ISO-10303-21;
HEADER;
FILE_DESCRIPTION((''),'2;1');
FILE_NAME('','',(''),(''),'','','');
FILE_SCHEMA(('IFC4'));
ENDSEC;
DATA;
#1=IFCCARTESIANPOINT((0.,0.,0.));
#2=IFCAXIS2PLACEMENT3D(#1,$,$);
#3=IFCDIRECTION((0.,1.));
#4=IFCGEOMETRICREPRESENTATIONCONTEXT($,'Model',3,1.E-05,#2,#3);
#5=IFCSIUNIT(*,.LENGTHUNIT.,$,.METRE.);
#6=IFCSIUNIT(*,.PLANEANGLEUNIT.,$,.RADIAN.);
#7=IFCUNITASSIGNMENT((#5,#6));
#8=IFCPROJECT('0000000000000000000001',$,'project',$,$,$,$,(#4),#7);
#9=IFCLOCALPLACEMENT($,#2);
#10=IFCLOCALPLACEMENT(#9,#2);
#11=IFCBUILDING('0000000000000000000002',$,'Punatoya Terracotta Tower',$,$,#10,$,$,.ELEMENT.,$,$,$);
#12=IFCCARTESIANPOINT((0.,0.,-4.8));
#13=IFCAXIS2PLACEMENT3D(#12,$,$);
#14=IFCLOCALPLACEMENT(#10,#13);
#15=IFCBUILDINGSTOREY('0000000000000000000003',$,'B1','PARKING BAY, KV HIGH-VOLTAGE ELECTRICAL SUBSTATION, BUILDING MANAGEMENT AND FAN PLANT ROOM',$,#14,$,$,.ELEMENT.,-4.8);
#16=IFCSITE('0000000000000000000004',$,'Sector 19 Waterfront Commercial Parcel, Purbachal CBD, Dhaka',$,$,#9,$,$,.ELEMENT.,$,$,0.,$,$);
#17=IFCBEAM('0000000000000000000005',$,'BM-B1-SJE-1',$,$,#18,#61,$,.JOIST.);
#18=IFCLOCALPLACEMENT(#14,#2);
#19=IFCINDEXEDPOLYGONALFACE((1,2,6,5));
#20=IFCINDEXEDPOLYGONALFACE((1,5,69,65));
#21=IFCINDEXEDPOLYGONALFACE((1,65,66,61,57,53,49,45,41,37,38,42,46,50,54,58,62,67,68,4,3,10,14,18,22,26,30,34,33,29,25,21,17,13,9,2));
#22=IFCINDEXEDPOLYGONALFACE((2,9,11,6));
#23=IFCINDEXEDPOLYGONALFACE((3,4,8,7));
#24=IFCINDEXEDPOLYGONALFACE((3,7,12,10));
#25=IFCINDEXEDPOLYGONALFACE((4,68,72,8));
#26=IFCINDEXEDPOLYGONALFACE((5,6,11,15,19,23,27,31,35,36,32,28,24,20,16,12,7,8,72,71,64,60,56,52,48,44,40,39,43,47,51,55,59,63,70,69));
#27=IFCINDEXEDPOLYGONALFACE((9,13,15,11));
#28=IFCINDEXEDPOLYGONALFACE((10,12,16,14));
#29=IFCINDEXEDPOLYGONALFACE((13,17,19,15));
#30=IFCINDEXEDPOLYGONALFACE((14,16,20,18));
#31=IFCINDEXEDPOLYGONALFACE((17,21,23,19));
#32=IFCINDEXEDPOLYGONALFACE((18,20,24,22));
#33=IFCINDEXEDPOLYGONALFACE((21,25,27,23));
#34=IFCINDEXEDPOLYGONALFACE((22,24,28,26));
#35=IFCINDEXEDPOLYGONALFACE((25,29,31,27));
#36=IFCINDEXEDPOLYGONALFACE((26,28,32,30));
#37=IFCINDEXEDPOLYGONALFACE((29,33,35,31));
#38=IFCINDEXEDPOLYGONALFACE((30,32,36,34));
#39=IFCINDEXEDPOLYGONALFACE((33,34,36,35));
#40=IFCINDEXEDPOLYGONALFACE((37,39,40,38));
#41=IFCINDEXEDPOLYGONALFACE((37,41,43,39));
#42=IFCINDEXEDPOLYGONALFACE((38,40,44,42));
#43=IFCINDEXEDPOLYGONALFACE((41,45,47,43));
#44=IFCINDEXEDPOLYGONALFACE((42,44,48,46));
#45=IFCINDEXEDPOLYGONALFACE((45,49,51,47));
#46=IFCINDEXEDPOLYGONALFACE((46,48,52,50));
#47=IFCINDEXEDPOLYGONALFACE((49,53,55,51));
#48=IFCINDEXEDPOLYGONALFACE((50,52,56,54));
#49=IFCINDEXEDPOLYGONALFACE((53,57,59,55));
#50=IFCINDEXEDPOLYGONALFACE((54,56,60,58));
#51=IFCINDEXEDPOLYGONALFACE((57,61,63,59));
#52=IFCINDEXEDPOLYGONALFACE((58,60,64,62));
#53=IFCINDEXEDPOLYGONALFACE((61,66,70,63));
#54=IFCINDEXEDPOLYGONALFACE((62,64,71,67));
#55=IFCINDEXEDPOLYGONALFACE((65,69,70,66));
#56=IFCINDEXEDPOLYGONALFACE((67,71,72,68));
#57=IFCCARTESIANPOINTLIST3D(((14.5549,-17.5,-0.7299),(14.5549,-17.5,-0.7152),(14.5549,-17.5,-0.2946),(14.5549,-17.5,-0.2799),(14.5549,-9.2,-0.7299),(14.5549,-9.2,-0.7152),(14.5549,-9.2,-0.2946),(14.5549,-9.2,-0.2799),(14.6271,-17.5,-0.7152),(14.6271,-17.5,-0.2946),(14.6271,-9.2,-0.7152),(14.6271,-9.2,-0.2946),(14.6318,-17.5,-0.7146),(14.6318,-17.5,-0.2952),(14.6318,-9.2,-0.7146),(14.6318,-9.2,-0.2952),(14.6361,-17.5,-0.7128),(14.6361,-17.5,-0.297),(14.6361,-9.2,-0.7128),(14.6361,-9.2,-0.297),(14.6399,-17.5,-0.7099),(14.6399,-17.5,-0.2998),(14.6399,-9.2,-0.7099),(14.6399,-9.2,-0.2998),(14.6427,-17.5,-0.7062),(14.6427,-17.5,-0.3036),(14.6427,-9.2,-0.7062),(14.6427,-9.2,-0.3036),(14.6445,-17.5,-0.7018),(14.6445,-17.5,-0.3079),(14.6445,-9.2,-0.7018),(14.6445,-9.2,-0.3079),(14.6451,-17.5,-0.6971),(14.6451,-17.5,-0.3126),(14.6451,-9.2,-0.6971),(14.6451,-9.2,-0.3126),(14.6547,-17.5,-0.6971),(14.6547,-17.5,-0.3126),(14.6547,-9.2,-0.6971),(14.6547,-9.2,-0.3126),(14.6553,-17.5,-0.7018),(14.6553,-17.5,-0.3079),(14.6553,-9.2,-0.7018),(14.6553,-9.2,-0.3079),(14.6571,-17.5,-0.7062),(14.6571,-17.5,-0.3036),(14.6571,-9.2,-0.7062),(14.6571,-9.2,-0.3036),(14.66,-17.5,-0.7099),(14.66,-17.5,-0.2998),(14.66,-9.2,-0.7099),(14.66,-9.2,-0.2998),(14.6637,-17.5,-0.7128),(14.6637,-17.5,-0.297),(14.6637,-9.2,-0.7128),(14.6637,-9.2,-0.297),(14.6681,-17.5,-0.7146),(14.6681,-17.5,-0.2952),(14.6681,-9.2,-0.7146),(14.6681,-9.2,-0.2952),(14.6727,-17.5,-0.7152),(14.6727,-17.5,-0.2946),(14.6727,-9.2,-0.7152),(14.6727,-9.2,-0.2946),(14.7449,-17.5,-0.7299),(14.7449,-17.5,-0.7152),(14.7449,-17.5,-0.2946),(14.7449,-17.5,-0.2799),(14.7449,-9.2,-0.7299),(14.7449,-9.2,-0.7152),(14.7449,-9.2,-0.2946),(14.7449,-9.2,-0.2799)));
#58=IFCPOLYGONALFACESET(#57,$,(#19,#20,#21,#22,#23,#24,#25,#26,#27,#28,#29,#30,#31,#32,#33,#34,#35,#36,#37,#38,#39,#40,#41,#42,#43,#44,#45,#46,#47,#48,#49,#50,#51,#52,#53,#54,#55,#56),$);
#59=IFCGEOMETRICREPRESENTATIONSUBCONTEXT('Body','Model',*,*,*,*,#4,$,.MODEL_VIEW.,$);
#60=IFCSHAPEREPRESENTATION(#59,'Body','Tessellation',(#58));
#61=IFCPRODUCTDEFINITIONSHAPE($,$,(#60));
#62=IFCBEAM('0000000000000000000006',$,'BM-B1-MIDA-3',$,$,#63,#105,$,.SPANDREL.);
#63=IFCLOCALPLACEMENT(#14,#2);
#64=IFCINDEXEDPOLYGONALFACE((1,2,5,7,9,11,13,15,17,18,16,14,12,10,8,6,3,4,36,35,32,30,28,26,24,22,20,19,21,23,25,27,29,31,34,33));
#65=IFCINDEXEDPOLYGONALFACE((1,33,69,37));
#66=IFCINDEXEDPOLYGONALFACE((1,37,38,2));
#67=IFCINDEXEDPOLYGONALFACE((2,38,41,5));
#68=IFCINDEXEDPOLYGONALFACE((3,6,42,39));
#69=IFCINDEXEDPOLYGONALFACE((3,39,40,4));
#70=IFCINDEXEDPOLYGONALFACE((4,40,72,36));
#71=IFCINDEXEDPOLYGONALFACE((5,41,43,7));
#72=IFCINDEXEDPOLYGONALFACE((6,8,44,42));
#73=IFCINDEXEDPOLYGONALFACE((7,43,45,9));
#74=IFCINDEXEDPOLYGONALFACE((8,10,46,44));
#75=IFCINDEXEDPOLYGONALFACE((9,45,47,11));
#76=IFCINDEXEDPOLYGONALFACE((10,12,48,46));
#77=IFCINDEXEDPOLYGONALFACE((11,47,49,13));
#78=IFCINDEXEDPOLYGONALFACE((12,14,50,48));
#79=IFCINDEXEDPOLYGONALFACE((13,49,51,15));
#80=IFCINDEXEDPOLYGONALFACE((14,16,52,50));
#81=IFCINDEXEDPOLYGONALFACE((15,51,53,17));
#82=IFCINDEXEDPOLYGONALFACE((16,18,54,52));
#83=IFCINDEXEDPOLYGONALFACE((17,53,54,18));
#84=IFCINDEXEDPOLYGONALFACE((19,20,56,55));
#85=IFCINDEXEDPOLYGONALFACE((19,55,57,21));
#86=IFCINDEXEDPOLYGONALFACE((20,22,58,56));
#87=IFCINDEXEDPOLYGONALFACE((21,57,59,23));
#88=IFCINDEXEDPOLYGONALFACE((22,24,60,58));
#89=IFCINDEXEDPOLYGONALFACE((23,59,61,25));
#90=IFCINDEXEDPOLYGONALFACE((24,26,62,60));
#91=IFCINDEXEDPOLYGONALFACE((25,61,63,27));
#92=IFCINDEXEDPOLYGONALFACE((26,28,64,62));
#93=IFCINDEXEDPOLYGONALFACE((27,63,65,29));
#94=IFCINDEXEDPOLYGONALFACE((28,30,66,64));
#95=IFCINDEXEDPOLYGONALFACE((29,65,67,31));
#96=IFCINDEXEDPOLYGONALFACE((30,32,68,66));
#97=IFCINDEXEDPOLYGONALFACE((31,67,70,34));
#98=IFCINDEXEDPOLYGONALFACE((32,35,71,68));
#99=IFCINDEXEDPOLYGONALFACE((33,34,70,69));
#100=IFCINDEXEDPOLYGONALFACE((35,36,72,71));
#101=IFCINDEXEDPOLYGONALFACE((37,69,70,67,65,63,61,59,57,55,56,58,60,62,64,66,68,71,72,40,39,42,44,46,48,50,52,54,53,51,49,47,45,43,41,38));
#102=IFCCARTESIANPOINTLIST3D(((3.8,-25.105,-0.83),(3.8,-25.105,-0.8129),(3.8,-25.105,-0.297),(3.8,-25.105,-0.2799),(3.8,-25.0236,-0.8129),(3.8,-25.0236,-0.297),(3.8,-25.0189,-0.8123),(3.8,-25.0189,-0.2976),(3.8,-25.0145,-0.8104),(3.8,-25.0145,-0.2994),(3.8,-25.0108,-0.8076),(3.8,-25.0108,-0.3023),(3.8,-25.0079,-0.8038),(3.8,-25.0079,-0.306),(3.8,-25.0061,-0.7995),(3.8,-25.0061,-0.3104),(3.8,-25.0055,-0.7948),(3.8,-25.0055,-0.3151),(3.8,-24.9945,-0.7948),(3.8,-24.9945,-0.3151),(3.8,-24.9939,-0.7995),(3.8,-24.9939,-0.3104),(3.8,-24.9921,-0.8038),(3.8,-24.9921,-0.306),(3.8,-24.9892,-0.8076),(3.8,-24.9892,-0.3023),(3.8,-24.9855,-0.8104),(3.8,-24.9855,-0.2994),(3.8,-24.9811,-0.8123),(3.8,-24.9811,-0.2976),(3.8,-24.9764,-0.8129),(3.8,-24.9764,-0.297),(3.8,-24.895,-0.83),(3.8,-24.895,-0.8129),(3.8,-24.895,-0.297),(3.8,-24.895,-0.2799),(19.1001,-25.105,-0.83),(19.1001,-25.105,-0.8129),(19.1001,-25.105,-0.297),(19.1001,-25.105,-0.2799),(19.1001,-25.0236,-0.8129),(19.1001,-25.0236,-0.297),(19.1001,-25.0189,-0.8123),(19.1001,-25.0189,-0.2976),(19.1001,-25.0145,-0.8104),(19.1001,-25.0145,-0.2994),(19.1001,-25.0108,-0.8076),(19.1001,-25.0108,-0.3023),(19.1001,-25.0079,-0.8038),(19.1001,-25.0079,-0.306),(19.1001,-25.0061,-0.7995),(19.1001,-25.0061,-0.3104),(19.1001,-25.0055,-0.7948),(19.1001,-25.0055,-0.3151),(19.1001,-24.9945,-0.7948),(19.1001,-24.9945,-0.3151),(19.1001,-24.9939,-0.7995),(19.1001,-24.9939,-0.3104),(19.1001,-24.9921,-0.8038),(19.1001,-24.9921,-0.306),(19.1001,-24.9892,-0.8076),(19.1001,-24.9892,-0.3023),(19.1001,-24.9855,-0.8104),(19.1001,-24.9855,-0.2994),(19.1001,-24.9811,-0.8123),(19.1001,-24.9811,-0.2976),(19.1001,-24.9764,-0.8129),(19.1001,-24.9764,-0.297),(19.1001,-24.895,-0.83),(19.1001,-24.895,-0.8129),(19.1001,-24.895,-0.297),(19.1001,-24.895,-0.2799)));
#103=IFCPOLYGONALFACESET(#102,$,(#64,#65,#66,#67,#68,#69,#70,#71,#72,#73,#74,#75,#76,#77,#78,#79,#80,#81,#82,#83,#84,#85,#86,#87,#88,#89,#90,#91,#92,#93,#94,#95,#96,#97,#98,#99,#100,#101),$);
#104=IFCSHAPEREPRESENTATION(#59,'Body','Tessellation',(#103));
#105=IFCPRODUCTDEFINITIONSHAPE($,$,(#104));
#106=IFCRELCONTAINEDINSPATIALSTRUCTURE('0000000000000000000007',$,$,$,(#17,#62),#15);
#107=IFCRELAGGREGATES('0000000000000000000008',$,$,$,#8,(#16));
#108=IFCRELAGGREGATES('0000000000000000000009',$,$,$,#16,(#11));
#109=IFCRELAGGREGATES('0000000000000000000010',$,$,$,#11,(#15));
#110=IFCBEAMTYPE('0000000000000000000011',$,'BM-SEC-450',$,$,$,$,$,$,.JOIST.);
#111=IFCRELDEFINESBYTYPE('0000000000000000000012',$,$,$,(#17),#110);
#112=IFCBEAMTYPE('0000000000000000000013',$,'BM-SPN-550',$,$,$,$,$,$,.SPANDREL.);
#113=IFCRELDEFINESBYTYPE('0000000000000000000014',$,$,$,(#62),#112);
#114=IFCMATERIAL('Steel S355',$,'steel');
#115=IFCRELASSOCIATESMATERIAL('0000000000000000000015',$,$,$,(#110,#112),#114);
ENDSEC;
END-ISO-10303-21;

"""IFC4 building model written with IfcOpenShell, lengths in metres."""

from ifc_helpers import new_model, si_unit, direction, frame, origin, origin_2d, place, context, subcontext, project, spatial, i_section, extrude, material, material_profile, profile_set, type_object, element, save


model = new_model("IFC4")

# Units and contexts
model_context = context("Model", 3, precision=1e-05, world=origin(), true_north=direction((0.0, 1.0)))
body_context = subcontext(model_context, "Body", "Model", "MODEL_VIEW")
ifc_project = project(units=[si_unit("LENGTHUNIT", "METRE"), si_unit("PLANEANGLEUNIT", "RADIAN")], contexts=[model_context])

# Site, building, storey
site_placement = place(None, origin())
site = spatial("IfcSite", under=ifc_project, at=site_placement, Name="Sector 19 Waterfront Commercial Parcel, Purbachal CBD, Dhaka", CompositionType="ELEMENT", RefElevation=0.0)
building_placement = place(site_placement, origin())
building = spatial("IfcBuilding", under=site, at=building_placement, Name="Punatoya Terracotta Tower", CompositionType="ELEMENT")
storey_placement = place(building_placement, frame((0.0, 0.0, -4.8)))
storey = spatial("IfcBuildingStorey", under=building, at=storey_placement, Name="B1", Description="PARKING BAY, KV HIGH-VOLTAGE ELECTRICAL SUBSTATION, BUILDING MANAGEMENT AND FAN PLANT ROOM", CompositionType="ELEMENT", Elevation=-4.8)

# Beams
ifc_material_1 = material(Name="Steel S355", Category="steel")
ifc_material_profile_1 = material_profile(ifc_material_1, i_section(OverallWidth=0.1899, OverallDepth=0.45, WebThickness=0.0095, FlangeThickness=0.0146, FilletRadius=0.0181, at=origin_2d()))
ifc_profile_set_1 = profile_set([ifc_material_profile_1], Name="Steel S355")
beam_type_1 = type_object("IfcBeamType", Name="BM-SEC-450", PredefinedType="JOIST", material=ifc_profile_set_1)
beam_1_placement = place(storey_placement, frame((14.6499, -17.5, -0.5049), z_axis=(0.0, 1.0, 0.0), x_axis=(-1.0, 0.0, 0.0)))
element("IfcBeam", 1, at=beam_1_placement, inside=storey, type_object=beam_type_1, Name="BM-B1-SJE-1", PredefinedType="JOIST", context=body_context, shape_type="SweptSolid", body=[
    extrude(i_section(OverallWidth=0.1899, OverallDepth=0.45, WebThickness=0.0095, FlangeThickness=0.0146, FilletRadius=0.0181, at=origin_2d()), origin(), (0.0, 0.0, 1.0), 8.3),
])
ifc_material_profile_2 = material_profile(ifc_material_1, i_section(OverallWidth=0.21, OverallDepth=0.55, WebThickness=0.011, FlangeThickness=0.0171, FilletRadius=0.0181, at=origin_2d()))
ifc_profile_set_2 = profile_set([ifc_material_profile_2], Name="Steel S355")
beam_type_2 = type_object("IfcBeamType", Name="BM-SPN-550", PredefinedType="SPANDREL", material=ifc_profile_set_2)
beam_2_placement = place(storey_placement, frame((3.8, -25.0, -0.5549), z_axis=(1.0, 0.0, 0.0), x_axis=(0.0, 1.0, 0.0)))
element("IfcBeam", 2, at=beam_2_placement, inside=storey, type_object=beam_type_2, Name="BM-B1-MIDA-3", PredefinedType="SPANDREL", context=body_context, shape_type="SweptSolid", body=[
    extrude(i_section(OverallWidth=0.21, OverallDepth=0.55, WebThickness=0.011, FlangeThickness=0.0171, FilletRadius=0.0181, at=origin_2d()), origin(), (0.0, 0.0, 1.0), 15.3),
])

save(model, "model.ifc")
